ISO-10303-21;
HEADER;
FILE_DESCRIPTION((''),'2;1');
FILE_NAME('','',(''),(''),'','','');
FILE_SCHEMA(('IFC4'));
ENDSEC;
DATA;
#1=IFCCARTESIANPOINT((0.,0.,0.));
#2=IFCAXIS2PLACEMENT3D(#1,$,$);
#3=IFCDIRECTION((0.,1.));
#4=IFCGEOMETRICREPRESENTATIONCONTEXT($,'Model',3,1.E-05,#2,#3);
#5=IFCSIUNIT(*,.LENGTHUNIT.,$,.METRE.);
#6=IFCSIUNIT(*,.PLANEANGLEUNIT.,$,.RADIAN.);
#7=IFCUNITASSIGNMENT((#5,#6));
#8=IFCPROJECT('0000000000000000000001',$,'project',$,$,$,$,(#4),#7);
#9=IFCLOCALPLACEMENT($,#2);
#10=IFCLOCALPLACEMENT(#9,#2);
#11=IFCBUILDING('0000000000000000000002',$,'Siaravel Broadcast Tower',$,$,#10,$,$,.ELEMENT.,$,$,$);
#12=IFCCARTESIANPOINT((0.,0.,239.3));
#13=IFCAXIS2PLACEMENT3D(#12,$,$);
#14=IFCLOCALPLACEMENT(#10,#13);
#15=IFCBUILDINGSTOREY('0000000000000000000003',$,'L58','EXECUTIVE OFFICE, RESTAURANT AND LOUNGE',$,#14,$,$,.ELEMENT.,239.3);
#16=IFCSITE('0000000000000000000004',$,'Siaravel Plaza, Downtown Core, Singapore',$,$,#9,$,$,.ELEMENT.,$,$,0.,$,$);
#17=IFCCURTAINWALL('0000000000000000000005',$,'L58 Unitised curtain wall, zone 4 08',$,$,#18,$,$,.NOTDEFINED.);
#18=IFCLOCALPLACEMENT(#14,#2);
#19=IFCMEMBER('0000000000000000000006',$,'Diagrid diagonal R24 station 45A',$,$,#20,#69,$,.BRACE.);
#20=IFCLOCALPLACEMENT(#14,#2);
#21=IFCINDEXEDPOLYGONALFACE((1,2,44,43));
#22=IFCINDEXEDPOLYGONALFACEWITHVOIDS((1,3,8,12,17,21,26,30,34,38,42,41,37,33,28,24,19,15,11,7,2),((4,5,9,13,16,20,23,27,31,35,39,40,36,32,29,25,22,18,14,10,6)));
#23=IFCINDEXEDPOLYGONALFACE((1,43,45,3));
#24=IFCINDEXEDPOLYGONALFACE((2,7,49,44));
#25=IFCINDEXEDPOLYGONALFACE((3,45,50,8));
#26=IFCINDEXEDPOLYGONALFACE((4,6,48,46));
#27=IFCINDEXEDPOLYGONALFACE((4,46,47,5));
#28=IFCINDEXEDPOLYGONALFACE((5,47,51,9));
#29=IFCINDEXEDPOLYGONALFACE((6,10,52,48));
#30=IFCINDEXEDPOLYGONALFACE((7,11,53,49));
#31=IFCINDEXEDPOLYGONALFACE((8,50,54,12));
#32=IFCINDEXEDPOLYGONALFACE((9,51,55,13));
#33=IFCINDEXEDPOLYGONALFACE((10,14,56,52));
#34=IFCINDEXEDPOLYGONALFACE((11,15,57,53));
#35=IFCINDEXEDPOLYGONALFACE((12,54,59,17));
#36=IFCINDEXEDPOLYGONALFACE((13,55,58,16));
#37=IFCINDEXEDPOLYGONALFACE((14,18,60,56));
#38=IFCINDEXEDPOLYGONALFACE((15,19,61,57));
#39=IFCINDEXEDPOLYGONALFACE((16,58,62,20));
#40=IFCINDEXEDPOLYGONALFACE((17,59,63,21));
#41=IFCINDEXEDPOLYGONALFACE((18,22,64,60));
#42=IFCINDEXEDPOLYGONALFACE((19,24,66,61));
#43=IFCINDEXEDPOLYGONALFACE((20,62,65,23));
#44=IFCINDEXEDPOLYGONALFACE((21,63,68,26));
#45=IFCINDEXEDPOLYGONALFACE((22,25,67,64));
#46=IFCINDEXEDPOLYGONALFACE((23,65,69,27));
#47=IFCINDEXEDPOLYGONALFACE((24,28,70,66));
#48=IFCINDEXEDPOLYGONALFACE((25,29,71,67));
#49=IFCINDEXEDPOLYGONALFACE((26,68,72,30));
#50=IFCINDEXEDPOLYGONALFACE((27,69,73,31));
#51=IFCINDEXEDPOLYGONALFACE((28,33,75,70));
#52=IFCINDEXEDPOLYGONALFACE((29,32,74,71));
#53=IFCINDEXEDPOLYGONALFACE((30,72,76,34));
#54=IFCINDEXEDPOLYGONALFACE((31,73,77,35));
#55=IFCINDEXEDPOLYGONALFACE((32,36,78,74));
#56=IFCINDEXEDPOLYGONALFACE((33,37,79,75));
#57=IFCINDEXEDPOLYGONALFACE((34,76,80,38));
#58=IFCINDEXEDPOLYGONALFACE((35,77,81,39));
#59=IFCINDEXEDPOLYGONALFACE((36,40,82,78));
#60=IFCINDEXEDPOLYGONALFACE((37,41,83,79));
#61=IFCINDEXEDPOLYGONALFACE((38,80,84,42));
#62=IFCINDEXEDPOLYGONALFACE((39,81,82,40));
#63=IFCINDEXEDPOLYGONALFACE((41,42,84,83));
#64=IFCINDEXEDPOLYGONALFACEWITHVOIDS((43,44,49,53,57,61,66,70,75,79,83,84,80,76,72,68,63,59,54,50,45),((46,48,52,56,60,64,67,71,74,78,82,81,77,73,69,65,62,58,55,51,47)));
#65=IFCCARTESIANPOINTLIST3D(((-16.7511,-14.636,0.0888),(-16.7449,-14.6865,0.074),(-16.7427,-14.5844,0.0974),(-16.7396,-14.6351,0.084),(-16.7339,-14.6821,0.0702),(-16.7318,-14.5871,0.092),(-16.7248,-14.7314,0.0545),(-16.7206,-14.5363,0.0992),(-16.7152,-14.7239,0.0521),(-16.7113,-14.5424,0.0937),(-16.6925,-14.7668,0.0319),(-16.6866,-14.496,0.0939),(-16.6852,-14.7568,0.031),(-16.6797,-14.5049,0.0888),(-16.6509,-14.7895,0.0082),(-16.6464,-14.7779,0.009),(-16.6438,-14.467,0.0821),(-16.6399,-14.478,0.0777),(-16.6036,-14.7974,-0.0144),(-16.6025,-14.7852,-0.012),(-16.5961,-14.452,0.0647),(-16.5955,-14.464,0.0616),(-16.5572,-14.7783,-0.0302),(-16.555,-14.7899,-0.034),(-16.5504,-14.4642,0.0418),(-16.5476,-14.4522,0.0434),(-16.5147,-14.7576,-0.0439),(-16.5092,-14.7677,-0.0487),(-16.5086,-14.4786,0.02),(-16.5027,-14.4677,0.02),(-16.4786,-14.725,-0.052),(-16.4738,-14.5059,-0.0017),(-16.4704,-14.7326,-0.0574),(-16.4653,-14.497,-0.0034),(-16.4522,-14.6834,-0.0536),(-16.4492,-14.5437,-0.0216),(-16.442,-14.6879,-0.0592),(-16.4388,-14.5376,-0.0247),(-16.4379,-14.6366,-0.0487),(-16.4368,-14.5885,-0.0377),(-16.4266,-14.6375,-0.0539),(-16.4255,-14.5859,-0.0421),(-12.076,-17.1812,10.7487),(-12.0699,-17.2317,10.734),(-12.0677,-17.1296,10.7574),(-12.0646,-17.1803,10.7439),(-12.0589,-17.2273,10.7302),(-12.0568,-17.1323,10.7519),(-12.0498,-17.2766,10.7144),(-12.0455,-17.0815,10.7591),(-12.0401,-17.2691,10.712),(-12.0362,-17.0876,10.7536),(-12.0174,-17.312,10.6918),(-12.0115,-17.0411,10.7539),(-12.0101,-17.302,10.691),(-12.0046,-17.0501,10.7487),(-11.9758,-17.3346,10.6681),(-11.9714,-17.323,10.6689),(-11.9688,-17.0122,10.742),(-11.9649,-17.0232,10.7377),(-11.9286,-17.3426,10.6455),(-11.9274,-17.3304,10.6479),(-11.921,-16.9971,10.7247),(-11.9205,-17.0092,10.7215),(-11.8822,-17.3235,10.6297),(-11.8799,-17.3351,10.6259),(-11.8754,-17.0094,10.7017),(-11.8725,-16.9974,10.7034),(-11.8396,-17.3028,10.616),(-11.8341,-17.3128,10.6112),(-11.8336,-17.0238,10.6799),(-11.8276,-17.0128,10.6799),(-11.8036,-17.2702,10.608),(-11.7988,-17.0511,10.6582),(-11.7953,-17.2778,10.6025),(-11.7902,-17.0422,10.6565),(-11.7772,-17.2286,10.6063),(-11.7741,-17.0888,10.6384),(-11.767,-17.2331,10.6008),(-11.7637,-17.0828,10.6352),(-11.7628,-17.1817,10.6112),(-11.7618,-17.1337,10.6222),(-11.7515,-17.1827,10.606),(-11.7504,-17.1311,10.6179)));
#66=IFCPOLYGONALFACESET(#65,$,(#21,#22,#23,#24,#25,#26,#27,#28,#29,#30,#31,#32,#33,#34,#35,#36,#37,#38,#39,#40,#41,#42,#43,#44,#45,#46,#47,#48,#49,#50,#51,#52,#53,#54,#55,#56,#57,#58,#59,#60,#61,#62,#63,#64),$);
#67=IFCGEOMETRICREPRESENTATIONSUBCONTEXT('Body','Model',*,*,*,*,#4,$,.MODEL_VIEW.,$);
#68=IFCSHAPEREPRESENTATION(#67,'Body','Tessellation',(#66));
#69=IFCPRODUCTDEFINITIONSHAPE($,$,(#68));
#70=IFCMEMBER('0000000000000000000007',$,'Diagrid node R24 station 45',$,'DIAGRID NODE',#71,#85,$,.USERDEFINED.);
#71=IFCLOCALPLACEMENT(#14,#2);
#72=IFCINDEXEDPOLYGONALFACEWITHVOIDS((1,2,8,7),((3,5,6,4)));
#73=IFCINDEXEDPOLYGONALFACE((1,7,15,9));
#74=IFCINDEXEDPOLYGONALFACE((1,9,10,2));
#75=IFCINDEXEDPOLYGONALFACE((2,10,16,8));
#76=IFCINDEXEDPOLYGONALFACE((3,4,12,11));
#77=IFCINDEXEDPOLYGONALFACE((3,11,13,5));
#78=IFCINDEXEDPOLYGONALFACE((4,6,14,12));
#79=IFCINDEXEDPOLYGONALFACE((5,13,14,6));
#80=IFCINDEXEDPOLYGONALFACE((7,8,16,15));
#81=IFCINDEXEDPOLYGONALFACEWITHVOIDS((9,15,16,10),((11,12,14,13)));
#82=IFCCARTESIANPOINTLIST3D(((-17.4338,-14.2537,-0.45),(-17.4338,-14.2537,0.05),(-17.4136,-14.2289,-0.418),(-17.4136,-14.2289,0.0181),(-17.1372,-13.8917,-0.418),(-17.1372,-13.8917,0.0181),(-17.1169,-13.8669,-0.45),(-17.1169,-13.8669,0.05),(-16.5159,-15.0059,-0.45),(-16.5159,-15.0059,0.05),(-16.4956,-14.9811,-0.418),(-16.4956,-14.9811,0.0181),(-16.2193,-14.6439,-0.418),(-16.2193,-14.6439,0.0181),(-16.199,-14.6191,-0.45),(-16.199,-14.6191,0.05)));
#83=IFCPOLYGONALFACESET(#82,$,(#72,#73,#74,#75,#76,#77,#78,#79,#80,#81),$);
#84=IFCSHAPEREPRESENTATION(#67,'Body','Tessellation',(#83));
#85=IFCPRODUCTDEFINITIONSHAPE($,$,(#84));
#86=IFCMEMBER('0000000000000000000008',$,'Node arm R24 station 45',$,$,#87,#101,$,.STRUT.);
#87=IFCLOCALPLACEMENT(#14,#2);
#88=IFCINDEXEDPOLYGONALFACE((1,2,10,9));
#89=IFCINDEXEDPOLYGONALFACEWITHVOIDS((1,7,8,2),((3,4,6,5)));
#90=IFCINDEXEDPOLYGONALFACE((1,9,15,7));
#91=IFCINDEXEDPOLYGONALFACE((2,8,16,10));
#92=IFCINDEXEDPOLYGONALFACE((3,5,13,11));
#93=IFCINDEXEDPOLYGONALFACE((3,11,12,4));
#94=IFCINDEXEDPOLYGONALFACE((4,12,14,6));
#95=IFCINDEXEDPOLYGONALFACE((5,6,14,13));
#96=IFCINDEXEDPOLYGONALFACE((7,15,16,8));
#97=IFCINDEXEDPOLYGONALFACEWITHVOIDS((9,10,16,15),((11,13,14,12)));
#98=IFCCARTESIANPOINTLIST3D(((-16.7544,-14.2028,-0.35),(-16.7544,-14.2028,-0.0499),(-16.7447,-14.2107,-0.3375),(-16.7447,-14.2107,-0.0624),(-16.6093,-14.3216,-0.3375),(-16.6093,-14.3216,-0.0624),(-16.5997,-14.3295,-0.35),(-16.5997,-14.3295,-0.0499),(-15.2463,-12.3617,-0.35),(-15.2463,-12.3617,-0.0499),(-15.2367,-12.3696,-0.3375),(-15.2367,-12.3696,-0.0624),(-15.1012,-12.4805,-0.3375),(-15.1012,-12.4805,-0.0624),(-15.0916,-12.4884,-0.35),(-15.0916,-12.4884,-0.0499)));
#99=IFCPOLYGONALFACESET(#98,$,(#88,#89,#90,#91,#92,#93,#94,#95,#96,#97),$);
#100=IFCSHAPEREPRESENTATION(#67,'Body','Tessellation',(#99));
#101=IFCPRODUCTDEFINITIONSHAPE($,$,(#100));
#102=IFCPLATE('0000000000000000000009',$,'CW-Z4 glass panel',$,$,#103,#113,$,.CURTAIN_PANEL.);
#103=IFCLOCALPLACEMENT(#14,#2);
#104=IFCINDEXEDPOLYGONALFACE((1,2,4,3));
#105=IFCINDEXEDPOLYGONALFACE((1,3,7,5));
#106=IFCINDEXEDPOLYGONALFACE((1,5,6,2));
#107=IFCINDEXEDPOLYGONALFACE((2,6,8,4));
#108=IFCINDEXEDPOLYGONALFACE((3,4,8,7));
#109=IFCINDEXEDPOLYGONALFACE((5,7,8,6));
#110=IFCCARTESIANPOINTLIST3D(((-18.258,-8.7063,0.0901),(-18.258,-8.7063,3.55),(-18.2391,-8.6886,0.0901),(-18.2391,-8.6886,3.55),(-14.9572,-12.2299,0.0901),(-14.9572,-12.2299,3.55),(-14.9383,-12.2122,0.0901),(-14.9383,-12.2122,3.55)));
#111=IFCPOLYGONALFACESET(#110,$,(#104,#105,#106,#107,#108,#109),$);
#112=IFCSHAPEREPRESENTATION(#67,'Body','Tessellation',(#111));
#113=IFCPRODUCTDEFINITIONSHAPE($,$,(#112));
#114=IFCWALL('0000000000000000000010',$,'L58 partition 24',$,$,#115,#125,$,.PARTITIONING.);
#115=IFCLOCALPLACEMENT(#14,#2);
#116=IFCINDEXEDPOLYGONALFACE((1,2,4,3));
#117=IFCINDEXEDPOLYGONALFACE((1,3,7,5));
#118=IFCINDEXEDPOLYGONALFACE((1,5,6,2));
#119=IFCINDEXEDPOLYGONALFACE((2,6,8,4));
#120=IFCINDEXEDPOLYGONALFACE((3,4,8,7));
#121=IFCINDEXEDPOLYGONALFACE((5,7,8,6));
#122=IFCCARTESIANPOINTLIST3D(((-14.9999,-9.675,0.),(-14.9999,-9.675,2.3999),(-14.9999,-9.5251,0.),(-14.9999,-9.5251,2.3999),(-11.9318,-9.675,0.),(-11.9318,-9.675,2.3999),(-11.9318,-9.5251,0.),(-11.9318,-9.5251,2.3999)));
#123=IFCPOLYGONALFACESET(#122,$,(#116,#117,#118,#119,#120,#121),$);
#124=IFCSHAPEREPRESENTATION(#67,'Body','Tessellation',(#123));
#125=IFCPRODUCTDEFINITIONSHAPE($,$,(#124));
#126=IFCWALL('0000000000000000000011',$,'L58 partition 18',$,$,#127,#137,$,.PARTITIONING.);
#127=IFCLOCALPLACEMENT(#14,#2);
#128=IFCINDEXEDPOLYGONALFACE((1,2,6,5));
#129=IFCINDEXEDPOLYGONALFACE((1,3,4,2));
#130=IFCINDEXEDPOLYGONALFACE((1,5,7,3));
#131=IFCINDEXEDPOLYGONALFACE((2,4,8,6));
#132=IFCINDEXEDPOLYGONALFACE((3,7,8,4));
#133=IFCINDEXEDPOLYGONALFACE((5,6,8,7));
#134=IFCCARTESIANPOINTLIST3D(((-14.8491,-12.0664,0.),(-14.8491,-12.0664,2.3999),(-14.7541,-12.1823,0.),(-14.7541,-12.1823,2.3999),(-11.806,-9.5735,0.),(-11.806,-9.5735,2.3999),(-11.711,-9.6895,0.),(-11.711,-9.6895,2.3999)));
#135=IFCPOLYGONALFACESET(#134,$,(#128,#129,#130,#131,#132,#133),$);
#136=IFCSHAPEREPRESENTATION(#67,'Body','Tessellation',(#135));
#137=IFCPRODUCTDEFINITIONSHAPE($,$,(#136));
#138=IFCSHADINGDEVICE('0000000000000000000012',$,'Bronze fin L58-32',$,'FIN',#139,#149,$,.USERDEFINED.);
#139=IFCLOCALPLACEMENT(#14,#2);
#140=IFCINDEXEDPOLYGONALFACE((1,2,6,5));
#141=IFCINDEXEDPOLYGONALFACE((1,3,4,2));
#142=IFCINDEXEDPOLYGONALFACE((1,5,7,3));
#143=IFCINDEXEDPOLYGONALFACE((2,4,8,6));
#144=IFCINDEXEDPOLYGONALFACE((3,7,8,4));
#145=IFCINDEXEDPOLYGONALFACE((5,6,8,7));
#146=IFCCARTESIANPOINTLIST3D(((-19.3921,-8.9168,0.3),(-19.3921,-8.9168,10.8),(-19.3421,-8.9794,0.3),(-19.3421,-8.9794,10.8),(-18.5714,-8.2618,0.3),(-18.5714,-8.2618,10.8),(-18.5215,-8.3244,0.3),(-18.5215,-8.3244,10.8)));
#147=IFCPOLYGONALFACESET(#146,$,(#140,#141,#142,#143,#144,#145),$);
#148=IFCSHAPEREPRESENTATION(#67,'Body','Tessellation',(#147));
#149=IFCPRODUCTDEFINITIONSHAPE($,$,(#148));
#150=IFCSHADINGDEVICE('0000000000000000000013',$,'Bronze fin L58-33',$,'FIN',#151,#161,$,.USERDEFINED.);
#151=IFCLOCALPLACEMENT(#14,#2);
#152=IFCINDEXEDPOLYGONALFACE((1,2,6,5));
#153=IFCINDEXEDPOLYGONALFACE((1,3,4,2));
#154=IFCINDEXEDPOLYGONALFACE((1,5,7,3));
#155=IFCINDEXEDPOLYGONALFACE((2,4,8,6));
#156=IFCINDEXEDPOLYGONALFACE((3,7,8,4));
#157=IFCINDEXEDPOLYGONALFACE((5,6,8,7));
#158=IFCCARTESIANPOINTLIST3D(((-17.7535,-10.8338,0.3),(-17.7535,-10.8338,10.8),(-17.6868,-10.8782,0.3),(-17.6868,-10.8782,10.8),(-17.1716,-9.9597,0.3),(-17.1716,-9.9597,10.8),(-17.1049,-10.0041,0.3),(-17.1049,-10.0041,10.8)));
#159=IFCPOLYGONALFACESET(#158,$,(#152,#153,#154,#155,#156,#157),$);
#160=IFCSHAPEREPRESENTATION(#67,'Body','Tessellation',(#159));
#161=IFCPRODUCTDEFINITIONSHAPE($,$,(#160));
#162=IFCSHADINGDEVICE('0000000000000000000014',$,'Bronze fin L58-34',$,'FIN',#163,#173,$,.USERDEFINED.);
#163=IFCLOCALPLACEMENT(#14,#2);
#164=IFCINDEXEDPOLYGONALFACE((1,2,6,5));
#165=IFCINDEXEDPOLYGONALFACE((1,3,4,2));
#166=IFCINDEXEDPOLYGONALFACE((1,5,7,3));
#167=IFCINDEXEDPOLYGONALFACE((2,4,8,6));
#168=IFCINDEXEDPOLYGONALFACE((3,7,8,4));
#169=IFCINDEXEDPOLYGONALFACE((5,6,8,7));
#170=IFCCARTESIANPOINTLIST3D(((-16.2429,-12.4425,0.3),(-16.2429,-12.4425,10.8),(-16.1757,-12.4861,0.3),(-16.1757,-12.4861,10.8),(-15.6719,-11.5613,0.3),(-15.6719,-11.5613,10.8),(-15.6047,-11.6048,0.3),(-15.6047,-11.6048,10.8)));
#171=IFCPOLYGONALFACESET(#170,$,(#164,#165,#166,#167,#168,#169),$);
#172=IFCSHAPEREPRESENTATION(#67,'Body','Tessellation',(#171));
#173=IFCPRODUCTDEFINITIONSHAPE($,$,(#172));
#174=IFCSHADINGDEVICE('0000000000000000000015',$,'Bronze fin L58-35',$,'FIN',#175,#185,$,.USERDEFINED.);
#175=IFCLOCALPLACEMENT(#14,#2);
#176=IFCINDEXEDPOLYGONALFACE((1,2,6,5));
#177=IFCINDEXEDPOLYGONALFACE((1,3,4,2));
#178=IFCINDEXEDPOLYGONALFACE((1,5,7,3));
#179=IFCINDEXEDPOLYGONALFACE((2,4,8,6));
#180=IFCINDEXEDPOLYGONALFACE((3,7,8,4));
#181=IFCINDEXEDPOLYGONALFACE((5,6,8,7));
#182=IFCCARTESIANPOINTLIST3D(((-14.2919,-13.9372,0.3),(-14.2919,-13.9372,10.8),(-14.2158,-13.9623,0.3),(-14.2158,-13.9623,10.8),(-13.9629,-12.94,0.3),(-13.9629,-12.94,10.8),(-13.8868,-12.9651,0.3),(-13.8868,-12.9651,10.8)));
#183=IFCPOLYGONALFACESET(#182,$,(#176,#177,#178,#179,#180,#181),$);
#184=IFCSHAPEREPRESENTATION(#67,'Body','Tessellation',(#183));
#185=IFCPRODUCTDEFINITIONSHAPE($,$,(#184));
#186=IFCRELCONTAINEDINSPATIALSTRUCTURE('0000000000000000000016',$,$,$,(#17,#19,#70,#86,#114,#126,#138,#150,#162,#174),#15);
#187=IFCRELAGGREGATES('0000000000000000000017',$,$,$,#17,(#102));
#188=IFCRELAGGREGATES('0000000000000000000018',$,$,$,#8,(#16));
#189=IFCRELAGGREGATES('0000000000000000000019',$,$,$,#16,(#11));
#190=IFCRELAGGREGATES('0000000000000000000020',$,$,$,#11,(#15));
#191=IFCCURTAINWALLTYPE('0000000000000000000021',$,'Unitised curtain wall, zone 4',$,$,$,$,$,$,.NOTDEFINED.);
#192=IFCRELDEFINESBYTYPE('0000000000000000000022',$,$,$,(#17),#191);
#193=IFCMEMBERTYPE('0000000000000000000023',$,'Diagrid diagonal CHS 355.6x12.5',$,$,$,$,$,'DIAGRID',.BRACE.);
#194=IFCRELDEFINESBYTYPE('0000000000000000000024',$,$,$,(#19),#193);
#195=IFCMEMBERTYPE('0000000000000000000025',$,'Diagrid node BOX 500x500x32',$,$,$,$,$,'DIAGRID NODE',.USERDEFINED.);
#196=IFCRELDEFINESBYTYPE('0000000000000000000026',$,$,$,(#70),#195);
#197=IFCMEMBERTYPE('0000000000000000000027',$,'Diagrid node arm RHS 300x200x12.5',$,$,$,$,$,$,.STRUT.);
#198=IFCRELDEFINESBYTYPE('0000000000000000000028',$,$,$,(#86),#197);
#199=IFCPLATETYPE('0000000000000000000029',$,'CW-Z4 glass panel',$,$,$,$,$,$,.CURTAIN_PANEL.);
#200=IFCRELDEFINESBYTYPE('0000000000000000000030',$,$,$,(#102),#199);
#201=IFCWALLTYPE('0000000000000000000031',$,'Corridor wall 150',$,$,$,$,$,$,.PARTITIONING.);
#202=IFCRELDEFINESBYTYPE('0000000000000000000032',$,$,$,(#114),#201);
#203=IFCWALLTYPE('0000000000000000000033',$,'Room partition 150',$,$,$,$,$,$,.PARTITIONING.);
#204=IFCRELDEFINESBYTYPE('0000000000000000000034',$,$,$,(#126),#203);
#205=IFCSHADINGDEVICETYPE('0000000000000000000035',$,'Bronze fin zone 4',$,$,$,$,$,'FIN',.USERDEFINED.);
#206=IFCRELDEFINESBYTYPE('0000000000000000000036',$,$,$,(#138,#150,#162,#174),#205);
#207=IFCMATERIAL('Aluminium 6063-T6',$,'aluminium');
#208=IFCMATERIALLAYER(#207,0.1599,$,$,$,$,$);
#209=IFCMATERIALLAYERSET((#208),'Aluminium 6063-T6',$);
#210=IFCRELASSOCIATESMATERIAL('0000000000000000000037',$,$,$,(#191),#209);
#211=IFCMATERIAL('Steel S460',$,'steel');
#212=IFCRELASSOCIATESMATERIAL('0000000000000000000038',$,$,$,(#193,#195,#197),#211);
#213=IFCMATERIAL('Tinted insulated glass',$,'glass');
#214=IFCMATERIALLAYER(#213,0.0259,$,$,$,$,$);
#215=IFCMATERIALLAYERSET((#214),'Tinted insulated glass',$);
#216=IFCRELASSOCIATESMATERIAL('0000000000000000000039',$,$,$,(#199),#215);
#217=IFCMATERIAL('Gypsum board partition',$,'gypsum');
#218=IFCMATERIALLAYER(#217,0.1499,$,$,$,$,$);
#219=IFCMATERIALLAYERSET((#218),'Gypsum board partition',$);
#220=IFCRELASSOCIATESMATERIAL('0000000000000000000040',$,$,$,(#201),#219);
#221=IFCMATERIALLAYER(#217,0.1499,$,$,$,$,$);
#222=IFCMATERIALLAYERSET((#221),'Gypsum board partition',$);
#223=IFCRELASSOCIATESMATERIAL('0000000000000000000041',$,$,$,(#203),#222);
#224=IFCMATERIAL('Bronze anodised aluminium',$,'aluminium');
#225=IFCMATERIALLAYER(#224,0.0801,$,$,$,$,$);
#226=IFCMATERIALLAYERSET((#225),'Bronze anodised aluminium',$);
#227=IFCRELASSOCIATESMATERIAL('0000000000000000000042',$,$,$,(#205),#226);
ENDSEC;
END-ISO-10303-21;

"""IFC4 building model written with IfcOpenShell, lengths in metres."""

from ifc_helpers import new_model, si_unit, direction, frame, frame_2d, origin, origin_2d, place, context, subcontext, project, spatial, rectangle, hollow_rectangle, hollow_circle, extrude, material, layer, layer_set, material_profile, profile_set, type_object, element, aggregate, save


model = new_model("IFC4")

# Units and contexts
model_context = context("Model", 3, precision=1e-05, world=origin(), true_north=direction((0.0, 1.0)))
body_context = subcontext(model_context, "Body", "Model", "MODEL_VIEW")
ifc_project = project(units=[si_unit("LENGTHUNIT", "METRE"), si_unit("PLANEANGLEUNIT", "RADIAN")], contexts=[model_context])

# Site, building, storey
site_placement = place(None, origin())
site = spatial("IfcSite", under=ifc_project, at=site_placement, Name="Siaravel Plaza, Downtown Core, Singapore", CompositionType="ELEMENT", RefElevation=0.0)
building_placement = place(site_placement, origin())
building = spatial("IfcBuilding", under=site, at=building_placement, Name="Siaravel Broadcast Tower", CompositionType="ELEMENT")
storey_placement = place(building_placement, frame((0.0, 0.0, 239.3)))
storey = spatial("IfcBuildingStorey", under=building, at=storey_placement, Name="L58", Description="EXECUTIVE OFFICE, RESTAURANT AND LOUNGE", CompositionType="ELEMENT", Elevation=239.3)

# Shared definitions
ifc_material_1 = material(Name="Aluminium 6063-T6", Category="aluminium")
ifc_layer_1 = layer(ifc_material_1, 0.1599)
ifc_layer_set_1 = layer_set([ifc_layer_1], Name="Aluminium 6063-T6")
curtain_wall_type = type_object("IfcCurtainWallType", Name="Unitised curtain wall, zone 4", PredefinedType="NOTDEFINED", material=ifc_layer_set_1)

# Curtain wall
curtain_wall_1_placement = place(storey_placement, origin())
curtain_wall_1 = element("IfcCurtainWall", 1, at=curtain_wall_1_placement, inside=storey, type_object=curtain_wall_type, Name="L58 Unitised curtain wall, zone 4 08", PredefinedType="NOTDEFINED")

# Members
ifc_material_2 = material(Name="Steel S460", Category="steel")
ifc_material_profile_1 = material_profile(ifc_material_2, hollow_circle(Radius=0.1777, WallThickness=0.0125, at=origin_2d()))
ifc_profile_set_1 = profile_set([ifc_material_profile_1], Name="Steel S460")
member_type_1 = type_object("IfcMemberType", Name="Diagrid diagonal CHS 355.6x12.5", ElementType="DIAGRID", PredefinedType="BRACE", material=ifc_profile_set_1)
member_1_placement = place(storey_placement, frame((-16.5876, -14.6238, 0.02), z_axis=(0.392366, -0.21361, 0.894662), x_axis=(0.478148, 0.878279, 0.0)))
element("IfcMember", 2, at=member_1_placement, inside=storey, type_object=member_type_1, Name="Diagrid diagonal R24 station 45A", PredefinedType="BRACE", context=body_context, shape_type="SweptSolid", body=[
    extrude(hollow_circle(Radius=0.1777, WallThickness=0.0125, at=origin_2d()), origin(), (0.0, 0.0, 1.0), 11.915),
])
ifc_material_profile_2 = material_profile(ifc_material_2, hollow_rectangle(XDim=0.5, YDim=0.5, WallThickness=0.032, at=origin_2d()))
ifc_profile_set_2 = profile_set([ifc_material_profile_2], Name="Steel S460")
member_type_2 = type_object("IfcMemberType", Name="Diagrid node BOX 500x500x32", ElementType="DIAGRID NODE", PredefinedType="USERDEFINED", material=ifc_profile_set_2)
member_2_placement = place(storey_placement, frame((-17.2754, -14.0603, -0.2), z_axis=(0.77349, -0.633809, 0.0), x_axis=(0.633809, 0.77349, 0.0)))
element("IfcMember", 3, at=member_2_placement, inside=storey, type_object=member_type_2, Name="Diagrid node R24 station 45", ObjectType="DIAGRID NODE", PredefinedType="USERDEFINED", context=body_context, shape_type="SweptSolid", body=[
    extrude(hollow_rectangle(XDim=0.5, YDim=0.5, WallThickness=0.032, at=origin_2d()), origin(), (0.0, 0.0, 1.0), 1.1868),
])
ifc_material_profile_3 = material_profile(ifc_material_2, hollow_rectangle(XDim=0.2, YDim=0.3, WallThickness=0.0125, at=origin_2d()))
ifc_profile_set_3 = profile_set([ifc_material_profile_3], Name="Steel S460")
member_type_3 = type_object("IfcMemberType", Name="Diagrid node arm RHS 300x200x12.5", PredefinedType="STRUT", material=ifc_profile_set_3)
member_3_placement = place(storey_placement, frame((-15.1689, -12.425, -0.2), z_axis=(-0.633673, -0.773601, 0.0), x_axis=(0.773601, -0.633673, 0.0)))
element("IfcMember", 4, at=member_3_placement, inside=storey, type_object=member_type_3, Name="Node arm R24 station 45", PredefinedType="STRUT", context=body_context, shape_type="SweptSolid", body=[
    extrude(hollow_rectangle(XDim=0.2, YDim=0.3, WallThickness=0.0125, at=origin_2d()), origin(), (0.0, 0.0, 1.0), 2.3799),
])

# Plate
ifc_material_3 = material(Name="Tinted insulated glass", Category="glass")
ifc_layer_2 = layer(ifc_material_3, 0.0259)
ifc_layer_set_2 = layer_set([ifc_layer_2], Name="Tinted insulated glass")
plate_type = type_object("IfcPlateType", Name="CW-Z4 glass panel", PredefinedType="CURTAIN_PANEL", material=ifc_layer_set_2)
plate_placement = place(storey_placement, frame((-16.5981, -10.4592, 0.0901), z_axis=(0.0, 0.0, 1.0), x_axis=(0.683654, -0.729807, 0.0)))
plate = element("IfcPlate", 5, at=plate_placement, type_object=plate_type, Name="CW-Z4 glass panel", PredefinedType="CURTAIN_PANEL", context=body_context, shape_type="SweptSolid", body=[
    extrude(rectangle(XDim=4.8281, YDim=0.0259, at=origin_2d()), origin(), (0.0, 0.0, 1.0), 3.46),
])
aggregate(curtain_wall_1, [plate])

# Walls
ifc_material_4 = material(Name="Gypsum board partition", Category="gypsum")
ifc_layer_3 = layer(ifc_material_4, 0.1499)
ifc_layer_set_3 = layer_set([ifc_layer_3], Name="Gypsum board partition")
wall_type_1 = type_object("IfcWallType", Name="Corridor wall 150", PredefinedType="PARTITIONING", material=ifc_layer_set_3)
wall_1_placement = place(storey_placement, frame((-15.0, -9.6001, 0.0), z_axis=(0.0, 0.0, 1.0), x_axis=(1.0, 0.0, 0.0)))
element("IfcWall", 6, at=wall_1_placement, inside=storey, type_object=wall_type_1, Name="L58 partition 24", PredefinedType="PARTITIONING", context=body_context, shape_type="SweptSolid", body=[
    extrude(rectangle(XDim=3.0681, YDim=0.1499, at=frame_2d((1.5342, 0.0))), origin(), (0.0, 0.0, 1.0), 2.3999),
])
ifc_layer_4 = layer(ifc_material_4, 0.1499)
ifc_layer_set_4 = layer_set([ifc_layer_4], Name="Gypsum board partition")
wall_type_2 = type_object("IfcWallType", Name="Room partition 150", PredefinedType="PARTITIONING", material=ifc_layer_set_4)
wall_2_placement = place(storey_placement, frame((-14.8015, -12.1243, 0.0), z_axis=(0.0, 0.0, 1.0), x_axis=(0.773581, 0.633697, 0.0)))
element("IfcWall", 7, at=wall_2_placement, inside=storey, type_object=wall_type_2, Name="L58 partition 18", PredefinedType="PARTITIONING", context=body_context, shape_type="SweptSolid", body=[
    extrude(rectangle(XDim=3.9338, YDim=0.1499, at=frame_2d((1.9668, 0.0))), origin(), (0.0, 0.0, 1.0), 2.3999),
])

# Shading devices
ifc_material_5 = material(Name="Bronze anodised aluminium", Category="aluminium")
ifc_layer_5 = layer(ifc_material_5, 0.0801)
ifc_layer_set_5 = layer_set([ifc_layer_5], Name="Bronze anodised aluminium")
shading_device_type = type_object("IfcShadingDeviceType", Name="Bronze fin zone 4", ElementType="FIN", PredefinedType="USERDEFINED", material=ifc_layer_set_5)
for number, where, z_axis, x_axis, name in (
    (8, (-18.9568, -8.6206, 0.3), (0.0, 0.0, 1.0), (-0.781546, -0.623848, 0.0), "Bronze fin L58-32"),
    (9, (-17.4292, -10.4189, 0.3), (0.0, 0.0, 1.0), (-0.554179, -0.832397, 0.0), "Bronze fin L58-33"),
    (10, (-15.9238, -12.0237, 0.3), (0.0, 0.0, 1.0), (-0.54379, -0.839221, 0.0), "Bronze fin L58-34"),
    (11, (-14.0894, -13.4512, 0.3), (0.0, 0.0, 1.0), (-0.313331, -0.949644, 0.0), "Bronze fin L58-35"),
):
    element("IfcShadingDevice", number, at=place(storey_placement, frame(where, z_axis=z_axis, x_axis=x_axis)), inside=storey, type_object=shading_device_type, Name=name, ObjectType="FIN", PredefinedType="USERDEFINED", context=body_context, shape_type="SweptSolid", body=[
        extrude(rectangle(XDim=1.05, YDim=0.0801, at=origin_2d()), origin(), (0.0, 0.0, 1.0), 10.5),
    ])

save(model, "model.ifc")
